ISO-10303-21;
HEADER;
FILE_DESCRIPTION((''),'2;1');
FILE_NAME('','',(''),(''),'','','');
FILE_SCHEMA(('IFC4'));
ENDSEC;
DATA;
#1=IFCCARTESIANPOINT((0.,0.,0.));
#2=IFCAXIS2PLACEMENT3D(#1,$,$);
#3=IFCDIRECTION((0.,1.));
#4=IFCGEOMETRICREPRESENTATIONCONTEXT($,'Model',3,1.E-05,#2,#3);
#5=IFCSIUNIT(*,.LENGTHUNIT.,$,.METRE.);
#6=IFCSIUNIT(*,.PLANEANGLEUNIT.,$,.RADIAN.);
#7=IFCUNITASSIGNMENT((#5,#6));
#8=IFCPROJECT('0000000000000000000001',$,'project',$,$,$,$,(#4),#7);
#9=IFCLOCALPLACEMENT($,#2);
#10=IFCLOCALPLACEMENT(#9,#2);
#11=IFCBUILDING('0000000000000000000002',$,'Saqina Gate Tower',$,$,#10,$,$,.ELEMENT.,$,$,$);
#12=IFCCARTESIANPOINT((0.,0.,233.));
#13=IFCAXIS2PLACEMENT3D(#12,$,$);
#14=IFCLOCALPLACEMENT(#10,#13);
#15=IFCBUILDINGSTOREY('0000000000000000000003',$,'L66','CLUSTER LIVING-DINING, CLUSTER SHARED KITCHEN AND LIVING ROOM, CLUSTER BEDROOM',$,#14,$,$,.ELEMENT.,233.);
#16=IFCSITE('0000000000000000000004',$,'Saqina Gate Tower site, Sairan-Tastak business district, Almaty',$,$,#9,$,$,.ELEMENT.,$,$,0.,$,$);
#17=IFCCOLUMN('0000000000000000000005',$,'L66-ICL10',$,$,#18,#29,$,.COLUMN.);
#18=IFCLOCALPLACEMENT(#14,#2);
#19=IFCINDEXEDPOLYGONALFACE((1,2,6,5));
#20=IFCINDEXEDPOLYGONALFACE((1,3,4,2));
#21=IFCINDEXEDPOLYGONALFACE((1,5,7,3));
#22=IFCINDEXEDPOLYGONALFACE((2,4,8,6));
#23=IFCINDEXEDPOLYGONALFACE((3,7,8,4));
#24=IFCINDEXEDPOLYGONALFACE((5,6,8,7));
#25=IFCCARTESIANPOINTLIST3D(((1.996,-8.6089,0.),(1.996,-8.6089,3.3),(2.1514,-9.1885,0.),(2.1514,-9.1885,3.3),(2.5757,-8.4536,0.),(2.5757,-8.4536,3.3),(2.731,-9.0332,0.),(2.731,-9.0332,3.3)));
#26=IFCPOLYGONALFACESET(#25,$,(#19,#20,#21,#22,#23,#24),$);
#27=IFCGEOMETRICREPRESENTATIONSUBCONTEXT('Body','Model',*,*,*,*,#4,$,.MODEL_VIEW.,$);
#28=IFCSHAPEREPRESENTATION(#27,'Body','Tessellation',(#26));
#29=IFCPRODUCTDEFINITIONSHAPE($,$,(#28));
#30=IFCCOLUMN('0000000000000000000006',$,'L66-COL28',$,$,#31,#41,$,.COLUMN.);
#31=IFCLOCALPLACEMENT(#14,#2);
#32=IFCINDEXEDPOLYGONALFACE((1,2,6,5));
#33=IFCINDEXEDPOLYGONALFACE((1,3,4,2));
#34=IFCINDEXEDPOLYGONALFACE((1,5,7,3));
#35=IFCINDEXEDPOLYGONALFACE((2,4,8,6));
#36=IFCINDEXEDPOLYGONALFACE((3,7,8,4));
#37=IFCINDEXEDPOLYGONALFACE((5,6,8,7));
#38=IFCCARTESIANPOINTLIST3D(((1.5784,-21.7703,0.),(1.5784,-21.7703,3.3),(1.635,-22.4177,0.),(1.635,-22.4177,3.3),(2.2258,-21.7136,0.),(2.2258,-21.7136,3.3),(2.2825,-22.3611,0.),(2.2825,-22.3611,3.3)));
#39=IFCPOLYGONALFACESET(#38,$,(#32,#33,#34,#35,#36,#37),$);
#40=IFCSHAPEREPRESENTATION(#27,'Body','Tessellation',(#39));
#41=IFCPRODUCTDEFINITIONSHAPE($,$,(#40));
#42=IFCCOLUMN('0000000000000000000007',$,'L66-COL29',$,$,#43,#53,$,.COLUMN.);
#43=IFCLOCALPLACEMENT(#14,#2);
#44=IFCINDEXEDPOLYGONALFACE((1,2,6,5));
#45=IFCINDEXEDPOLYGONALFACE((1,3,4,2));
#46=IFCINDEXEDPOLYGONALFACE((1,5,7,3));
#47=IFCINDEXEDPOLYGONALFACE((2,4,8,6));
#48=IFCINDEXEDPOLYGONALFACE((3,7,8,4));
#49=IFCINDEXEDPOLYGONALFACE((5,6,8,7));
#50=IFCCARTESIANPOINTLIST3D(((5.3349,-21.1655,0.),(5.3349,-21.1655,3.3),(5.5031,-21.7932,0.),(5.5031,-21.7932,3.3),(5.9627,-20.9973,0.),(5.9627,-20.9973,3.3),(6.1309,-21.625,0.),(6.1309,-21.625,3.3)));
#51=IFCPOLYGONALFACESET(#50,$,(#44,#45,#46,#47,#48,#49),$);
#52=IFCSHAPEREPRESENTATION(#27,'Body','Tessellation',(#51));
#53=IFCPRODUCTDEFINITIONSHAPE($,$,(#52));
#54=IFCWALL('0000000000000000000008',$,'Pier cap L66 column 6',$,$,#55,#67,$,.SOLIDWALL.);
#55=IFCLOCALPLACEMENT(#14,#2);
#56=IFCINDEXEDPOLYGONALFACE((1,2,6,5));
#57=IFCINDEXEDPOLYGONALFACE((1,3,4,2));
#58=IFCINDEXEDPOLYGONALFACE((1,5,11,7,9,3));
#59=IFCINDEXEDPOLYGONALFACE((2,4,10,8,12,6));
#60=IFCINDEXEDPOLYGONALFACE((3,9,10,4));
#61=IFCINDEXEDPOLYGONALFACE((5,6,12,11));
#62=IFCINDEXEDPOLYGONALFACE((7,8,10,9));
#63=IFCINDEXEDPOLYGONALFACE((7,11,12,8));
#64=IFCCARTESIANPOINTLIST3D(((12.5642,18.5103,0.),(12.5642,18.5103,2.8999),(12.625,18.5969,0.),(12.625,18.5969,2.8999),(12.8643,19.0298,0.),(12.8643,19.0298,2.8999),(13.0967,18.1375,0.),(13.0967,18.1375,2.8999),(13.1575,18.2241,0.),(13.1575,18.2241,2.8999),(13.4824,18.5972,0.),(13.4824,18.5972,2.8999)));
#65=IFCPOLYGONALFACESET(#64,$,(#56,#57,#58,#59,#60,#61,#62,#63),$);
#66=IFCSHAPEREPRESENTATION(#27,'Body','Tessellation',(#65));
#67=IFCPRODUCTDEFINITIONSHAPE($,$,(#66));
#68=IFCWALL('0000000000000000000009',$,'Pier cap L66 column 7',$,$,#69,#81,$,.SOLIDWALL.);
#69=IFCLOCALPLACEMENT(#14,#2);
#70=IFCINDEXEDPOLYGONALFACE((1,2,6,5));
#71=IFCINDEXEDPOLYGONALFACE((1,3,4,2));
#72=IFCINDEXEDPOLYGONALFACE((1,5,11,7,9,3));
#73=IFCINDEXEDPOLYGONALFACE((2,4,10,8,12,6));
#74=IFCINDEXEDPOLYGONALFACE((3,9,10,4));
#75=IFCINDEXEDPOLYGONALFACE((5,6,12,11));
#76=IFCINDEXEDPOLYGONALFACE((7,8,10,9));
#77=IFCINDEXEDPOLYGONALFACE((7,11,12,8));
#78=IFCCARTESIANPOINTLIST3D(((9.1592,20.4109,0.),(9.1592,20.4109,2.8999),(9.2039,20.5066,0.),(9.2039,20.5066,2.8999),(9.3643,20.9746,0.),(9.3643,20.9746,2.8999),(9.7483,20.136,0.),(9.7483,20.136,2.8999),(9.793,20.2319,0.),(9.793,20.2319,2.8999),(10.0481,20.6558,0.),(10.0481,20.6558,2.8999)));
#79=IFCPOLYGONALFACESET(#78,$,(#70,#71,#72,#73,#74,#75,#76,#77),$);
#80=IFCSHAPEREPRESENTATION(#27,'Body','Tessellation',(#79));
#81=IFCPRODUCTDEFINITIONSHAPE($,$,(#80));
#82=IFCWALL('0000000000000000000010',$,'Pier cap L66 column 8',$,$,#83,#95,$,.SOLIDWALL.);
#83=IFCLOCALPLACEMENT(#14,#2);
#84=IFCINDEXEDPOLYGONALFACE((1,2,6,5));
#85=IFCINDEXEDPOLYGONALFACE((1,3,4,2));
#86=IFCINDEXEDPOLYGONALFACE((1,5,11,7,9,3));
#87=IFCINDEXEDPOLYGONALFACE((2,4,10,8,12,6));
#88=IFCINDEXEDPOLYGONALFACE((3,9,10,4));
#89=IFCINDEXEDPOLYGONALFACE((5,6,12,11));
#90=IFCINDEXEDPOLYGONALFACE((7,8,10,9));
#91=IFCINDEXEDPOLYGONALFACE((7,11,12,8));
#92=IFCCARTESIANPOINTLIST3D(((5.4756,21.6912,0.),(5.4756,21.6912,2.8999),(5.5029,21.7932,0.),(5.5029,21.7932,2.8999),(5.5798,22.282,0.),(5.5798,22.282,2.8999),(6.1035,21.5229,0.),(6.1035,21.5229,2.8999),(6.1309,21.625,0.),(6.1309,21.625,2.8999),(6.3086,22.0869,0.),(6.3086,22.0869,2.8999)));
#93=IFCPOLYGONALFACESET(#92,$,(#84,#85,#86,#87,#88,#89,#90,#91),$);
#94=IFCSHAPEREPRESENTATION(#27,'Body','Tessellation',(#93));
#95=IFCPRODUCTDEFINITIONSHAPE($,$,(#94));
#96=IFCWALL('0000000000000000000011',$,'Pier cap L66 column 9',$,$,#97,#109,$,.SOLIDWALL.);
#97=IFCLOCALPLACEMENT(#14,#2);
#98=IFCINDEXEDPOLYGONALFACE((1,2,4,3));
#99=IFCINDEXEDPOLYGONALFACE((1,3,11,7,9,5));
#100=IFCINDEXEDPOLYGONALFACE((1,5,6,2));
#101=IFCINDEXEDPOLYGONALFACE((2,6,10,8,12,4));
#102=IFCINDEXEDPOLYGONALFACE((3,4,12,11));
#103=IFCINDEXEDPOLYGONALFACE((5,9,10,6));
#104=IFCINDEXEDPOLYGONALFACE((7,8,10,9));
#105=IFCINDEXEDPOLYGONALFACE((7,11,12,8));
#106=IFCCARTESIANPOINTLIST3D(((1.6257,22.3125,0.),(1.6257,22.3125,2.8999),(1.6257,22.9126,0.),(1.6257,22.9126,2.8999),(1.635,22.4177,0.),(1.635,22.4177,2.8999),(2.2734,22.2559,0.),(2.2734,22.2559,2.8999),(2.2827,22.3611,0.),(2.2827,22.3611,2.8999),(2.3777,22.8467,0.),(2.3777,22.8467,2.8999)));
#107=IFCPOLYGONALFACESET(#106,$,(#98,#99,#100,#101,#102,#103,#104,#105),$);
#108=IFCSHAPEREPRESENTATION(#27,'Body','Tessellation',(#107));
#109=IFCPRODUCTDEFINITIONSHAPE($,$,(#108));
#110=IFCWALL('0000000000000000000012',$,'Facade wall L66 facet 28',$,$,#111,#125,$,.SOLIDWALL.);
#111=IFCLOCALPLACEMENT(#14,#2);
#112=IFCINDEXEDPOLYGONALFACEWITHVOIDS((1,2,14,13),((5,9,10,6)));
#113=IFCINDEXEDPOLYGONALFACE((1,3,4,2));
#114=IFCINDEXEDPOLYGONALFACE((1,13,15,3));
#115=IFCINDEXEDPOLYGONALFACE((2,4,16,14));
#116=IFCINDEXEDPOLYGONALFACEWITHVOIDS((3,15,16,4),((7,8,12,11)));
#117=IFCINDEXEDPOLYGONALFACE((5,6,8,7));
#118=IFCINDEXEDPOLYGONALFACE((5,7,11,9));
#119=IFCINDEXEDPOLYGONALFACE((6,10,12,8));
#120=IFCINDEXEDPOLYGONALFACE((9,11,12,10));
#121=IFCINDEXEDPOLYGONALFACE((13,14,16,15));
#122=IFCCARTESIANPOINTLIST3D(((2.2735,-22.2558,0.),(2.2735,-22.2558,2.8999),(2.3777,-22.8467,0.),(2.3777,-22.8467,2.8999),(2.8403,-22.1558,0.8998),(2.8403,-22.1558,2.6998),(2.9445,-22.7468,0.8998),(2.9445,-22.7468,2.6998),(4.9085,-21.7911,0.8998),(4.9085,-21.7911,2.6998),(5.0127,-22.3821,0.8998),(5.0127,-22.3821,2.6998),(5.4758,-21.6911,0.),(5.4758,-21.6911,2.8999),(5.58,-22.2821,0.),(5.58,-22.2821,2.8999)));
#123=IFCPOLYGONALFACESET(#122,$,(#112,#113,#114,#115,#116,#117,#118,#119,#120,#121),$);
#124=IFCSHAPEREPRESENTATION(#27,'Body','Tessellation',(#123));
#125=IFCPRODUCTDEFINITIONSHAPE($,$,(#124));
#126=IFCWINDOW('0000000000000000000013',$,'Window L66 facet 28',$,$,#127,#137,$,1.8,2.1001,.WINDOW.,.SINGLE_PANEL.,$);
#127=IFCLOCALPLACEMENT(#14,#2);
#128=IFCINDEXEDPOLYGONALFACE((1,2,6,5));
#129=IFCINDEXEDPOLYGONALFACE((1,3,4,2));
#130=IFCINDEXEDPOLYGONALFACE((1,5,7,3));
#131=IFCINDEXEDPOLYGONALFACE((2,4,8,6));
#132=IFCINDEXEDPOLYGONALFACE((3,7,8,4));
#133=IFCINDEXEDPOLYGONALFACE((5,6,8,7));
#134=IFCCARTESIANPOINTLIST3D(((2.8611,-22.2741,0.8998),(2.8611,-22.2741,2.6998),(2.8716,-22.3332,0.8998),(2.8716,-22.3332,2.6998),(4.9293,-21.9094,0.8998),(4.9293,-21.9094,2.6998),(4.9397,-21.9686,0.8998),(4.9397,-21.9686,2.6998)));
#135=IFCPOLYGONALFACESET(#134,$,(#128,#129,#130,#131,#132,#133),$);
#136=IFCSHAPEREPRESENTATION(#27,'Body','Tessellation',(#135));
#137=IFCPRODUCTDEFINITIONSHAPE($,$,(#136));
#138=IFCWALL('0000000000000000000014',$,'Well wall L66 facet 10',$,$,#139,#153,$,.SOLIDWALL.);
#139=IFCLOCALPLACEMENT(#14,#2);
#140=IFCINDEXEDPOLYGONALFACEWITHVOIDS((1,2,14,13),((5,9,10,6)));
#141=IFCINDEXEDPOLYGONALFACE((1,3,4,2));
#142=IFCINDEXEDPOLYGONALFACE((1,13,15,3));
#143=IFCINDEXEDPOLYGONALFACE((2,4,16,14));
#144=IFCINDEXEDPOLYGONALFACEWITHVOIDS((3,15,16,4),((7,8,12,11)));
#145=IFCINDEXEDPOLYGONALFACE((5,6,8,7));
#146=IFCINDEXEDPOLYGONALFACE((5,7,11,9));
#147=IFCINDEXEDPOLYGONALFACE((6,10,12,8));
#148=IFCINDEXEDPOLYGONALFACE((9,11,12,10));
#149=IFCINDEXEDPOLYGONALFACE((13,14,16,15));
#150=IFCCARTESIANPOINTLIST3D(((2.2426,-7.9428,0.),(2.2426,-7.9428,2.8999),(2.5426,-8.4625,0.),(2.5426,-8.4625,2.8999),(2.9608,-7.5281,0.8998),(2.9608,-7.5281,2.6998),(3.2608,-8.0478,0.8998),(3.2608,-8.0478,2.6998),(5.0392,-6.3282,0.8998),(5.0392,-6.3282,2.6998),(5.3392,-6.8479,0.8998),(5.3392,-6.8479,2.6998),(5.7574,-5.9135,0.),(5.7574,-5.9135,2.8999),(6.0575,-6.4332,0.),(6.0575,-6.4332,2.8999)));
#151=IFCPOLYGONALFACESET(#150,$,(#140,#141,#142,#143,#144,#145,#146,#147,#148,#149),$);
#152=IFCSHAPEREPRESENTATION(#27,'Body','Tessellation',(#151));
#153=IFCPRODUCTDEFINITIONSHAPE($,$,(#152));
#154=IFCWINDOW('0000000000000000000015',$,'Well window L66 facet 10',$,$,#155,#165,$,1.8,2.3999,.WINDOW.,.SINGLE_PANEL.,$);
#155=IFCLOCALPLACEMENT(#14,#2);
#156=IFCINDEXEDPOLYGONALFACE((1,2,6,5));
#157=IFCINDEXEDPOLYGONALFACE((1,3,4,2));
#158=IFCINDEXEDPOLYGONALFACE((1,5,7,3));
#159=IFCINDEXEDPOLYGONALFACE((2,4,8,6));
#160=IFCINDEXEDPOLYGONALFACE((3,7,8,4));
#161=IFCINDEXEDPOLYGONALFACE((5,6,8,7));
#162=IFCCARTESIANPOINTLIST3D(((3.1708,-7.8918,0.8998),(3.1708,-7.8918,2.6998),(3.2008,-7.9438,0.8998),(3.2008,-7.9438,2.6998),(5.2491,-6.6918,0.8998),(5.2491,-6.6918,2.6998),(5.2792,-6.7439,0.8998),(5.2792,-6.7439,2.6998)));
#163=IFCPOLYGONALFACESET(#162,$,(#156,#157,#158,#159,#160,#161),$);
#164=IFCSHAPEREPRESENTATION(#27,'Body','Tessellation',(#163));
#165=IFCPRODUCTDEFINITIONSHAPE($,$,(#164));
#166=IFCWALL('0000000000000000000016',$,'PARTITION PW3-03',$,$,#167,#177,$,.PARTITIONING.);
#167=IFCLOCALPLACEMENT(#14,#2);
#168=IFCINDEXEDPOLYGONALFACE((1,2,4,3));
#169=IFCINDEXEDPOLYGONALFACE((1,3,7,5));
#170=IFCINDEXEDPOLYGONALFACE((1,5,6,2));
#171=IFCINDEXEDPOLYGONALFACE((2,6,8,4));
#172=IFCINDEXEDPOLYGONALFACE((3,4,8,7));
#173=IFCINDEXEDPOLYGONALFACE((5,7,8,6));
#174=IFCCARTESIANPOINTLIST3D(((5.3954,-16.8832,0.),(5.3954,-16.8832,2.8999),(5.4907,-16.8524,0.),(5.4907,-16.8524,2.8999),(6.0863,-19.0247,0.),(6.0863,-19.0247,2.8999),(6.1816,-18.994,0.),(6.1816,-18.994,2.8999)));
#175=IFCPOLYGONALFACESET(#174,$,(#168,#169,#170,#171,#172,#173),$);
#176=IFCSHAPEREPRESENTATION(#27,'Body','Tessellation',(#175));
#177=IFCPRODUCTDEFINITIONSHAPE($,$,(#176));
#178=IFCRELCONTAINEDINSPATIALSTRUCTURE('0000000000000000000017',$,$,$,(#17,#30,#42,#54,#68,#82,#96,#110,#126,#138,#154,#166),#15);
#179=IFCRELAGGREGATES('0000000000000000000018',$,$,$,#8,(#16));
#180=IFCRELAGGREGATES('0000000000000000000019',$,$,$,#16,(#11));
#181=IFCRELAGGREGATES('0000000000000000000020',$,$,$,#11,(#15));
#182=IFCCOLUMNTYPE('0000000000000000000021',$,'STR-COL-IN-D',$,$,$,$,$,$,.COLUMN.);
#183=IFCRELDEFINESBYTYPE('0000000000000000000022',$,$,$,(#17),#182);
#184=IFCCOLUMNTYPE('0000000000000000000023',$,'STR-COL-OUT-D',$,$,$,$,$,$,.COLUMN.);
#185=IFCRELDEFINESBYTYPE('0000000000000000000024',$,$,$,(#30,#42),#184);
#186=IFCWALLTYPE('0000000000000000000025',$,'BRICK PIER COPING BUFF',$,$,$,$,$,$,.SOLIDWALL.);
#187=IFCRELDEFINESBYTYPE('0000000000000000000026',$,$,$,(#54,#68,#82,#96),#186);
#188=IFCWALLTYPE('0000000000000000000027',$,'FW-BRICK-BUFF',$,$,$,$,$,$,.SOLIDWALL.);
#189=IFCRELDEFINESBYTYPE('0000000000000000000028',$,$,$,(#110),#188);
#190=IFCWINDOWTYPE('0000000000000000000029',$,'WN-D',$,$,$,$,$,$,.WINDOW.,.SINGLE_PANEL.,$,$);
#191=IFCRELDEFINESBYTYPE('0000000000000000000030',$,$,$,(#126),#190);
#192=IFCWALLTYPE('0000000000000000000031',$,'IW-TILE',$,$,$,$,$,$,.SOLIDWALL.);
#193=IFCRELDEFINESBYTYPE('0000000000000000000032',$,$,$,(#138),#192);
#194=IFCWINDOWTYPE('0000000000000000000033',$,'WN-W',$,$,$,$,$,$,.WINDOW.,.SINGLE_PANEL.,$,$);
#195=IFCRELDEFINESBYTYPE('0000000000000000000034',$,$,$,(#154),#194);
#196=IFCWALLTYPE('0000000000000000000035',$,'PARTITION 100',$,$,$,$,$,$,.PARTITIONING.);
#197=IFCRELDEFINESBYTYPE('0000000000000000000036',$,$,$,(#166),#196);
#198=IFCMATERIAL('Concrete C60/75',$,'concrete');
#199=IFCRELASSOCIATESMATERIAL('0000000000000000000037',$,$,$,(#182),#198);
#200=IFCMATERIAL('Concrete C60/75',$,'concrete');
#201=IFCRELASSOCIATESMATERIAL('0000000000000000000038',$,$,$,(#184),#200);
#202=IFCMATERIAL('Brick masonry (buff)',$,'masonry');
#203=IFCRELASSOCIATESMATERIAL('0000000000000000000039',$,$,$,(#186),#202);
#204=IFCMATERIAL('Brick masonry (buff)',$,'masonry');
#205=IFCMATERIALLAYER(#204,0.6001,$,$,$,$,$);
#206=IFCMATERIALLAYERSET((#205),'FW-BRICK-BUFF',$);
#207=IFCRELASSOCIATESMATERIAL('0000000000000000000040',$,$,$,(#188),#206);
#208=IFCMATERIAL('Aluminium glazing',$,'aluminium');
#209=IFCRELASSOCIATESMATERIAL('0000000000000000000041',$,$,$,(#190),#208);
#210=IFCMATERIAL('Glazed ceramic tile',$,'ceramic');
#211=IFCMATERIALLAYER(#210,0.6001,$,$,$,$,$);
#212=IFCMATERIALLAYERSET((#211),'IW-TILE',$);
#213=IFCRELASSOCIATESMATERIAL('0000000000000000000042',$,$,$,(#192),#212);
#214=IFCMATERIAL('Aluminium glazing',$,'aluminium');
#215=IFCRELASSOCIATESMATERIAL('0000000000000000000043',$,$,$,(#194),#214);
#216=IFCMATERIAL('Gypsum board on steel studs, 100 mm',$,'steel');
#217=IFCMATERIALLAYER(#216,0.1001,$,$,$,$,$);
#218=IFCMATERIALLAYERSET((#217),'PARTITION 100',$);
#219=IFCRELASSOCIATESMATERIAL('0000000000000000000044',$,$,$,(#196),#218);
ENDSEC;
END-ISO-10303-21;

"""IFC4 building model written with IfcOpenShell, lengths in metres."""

from ifc_helpers import new_model, si_unit, direction, frame, frame_2d, origin, origin_2d, place, context, subcontext, project, spatial, polyline, rectangle, outline, extrude, material, layer, layer_set, material_profile, profile_set, type_object, element, fill, save


model = new_model("IFC4")

# Units and contexts
model_context = context("Model", 3, precision=1e-05, world=origin(), true_north=direction((0.0, 1.0)))
body_context = subcontext(model_context, "Body", "Model", "MODEL_VIEW")
ifc_project = project(units=[si_unit("LENGTHUNIT", "METRE"), si_unit("PLANEANGLEUNIT", "RADIAN")], contexts=[model_context])

# Site, building, storey
site_placement = place(None, origin())
site = spatial("IfcSite", under=ifc_project, at=site_placement, Name="Saqina Gate Tower site, Sairan-Tastak business district, Almaty", CompositionType="ELEMENT", RefElevation=0.0)
building_placement = place(site_placement, origin())
building = spatial("IfcBuilding", under=site, at=building_placement, Name="Saqina Gate Tower", CompositionType="ELEMENT")
storey_placement = place(building_placement, frame((0.0, 0.0, 233.0)))
storey = spatial("IfcBuildingStorey", under=building, at=storey_placement, Name="L66", Description="CLUSTER LIVING-DINING, CLUSTER SHARED KITCHEN AND LIVING ROOM, CLUSTER BEDROOM", CompositionType="ELEMENT", Elevation=233.0)

# Columns
ifc_material_1 = material(Name="Concrete C60/75", Category="concrete")
ifc_material_profile_1 = material_profile(ifc_material_1, rectangle(XDim=0.6001, YDim=0.6001, at=origin_2d()), Name="RC 600x600")
ifc_profile_set_1 = profile_set([ifc_material_profile_1], Name="Concrete C60/75")
column_type_1 = type_object("IfcColumnType", Name="STR-COL-IN-D", PredefinedType="COLUMN", material=ifc_profile_set_1)
column_placement = place(storey_placement, frame((2.3635, -8.821, 0.0), z_axis=(0.0, 0.0, 1.0), x_axis=(0.258819, -0.965926, 0.0)))
element("IfcColumn", 1, at=column_placement, inside=storey, type_object=column_type_1, Name="L66-ICL10", PredefinedType="COLUMN", context=body_context, shape_type="SweptSolid", body=[
    extrude(rectangle(XDim=0.6001, YDim=0.6001, at=origin_2d()), origin(), (0.0, 0.0, 1.0), 3.3),
])
ifc_material_2 = material(Name="Concrete C60/75", Category="concrete")
ifc_material_profile_2 = material_profile(ifc_material_2, rectangle(XDim=0.6499, YDim=0.6499, at=origin_2d()), Name="RC 650x650")
ifc_profile_set_2 = profile_set([ifc_material_profile_2], Name="Concrete C60/75")
column_type_2 = type_object("IfcColumnType", Name="STR-COL-OUT-D", PredefinedType="COLUMN", material=ifc_profile_set_2)
for number, where, z_axis, x_axis, name in (
    (2, (1.9304, -22.0657, 0.0), (0.0, 0.0, 1.0), (0.087156, -0.996195, 0.0), "L66-COL28"),
    (3, (5.7329, -21.3953, 0.0), (0.0, 0.0, 1.0), (0.258819, -0.965926, 0.0), "L66-COL29"),
):
    element("IfcColumn", number, at=place(storey_placement, frame(where, z_axis=z_axis, x_axis=x_axis)), inside=storey, type_object=column_type_2, Name=name, PredefinedType="COLUMN", context=body_context, shape_type="SweptSolid", body=[
        extrude(rectangle(XDim=0.6499, YDim=0.6499, at=origin_2d()), origin(), (0.0, 0.0, 1.0), 3.3),
    ])

# Walls
ifc_material_3 = material(Name="Brick masonry (buff)", Category="masonry")
wall_type_1 = type_object("IfcWallType", Name="BRICK PIER COPING BUFF", PredefinedType="SOLIDWALL", material=ifc_material_3)
wall_1_placement = place(storey_placement, origin())
element("IfcWall", 4, at=wall_1_placement, inside=storey, type_object=wall_type_1, Name="Pier cap L66 column 6", PredefinedType="SOLIDWALL", context=body_context, shape_type="SweptSolid", body=[
    extrude(outline(polyline([(12.8643, 19.0298), (12.5642, 18.5103), (12.625, 18.5969), (13.1575, 18.2241), (13.0967, 18.1375), (13.4824, 18.5972), (12.8643, 19.0298)])), origin(), (0.0, 0.0, 1.0), 2.8999),
])
wall_2_placement = place(storey_placement, origin())
element("IfcWall", 5, at=wall_2_placement, inside=storey, type_object=wall_type_1, Name="Pier cap L66 column 7", PredefinedType="SOLIDWALL", context=body_context, shape_type="SweptSolid", body=[
    extrude(outline(polyline([(10.0481, 20.6558), (9.3643, 20.9746), (9.1592, 20.4109), (9.2039, 20.5066), (9.793, 20.2319), (9.7483, 20.136), (10.0481, 20.6558)])), origin(), (0.0, 0.0, 1.0), 2.8999),
])
wall_3_placement = place(storey_placement, origin())
element("IfcWall", 6, at=wall_3_placement, inside=storey, type_object=wall_type_1, Name="Pier cap L66 column 8", PredefinedType="SOLIDWALL", context=body_context, shape_type="SweptSolid", body=[
    extrude(outline(polyline([(5.5798, 22.282), (5.4756, 21.6912), (5.5029, 21.7932), (6.1309, 21.625), (6.1035, 21.5229), (6.3086, 22.0869), (5.5798, 22.282)])), origin(), (0.0, 0.0, 1.0), 2.8999),
])
wall_4_placement = place(storey_placement, origin())
element("IfcWall", 7, at=wall_4_placement, inside=storey, type_object=wall_type_1, Name="Pier cap L66 column 9", PredefinedType="SOLIDWALL", context=body_context, shape_type="SweptSolid", body=[
    extrude(outline(polyline([(2.3777, 22.8467), (1.6257, 22.9126), (1.6257, 22.3125), (1.635, 22.4177), (2.2827, 22.3611), (2.2734, 22.2559), (2.3777, 22.8467)])), origin(), (0.0, 0.0, 1.0), 2.8999),
])

# Walls, openings, windows
ifc_material_4 = material(Name="Brick masonry (buff)", Category="masonry")
ifc_layer_1 = layer(ifc_material_4, 0.6001)
ifc_layer_set_1 = layer_set([ifc_layer_1], Name="FW-BRICK-BUFF")
wall_type_2 = type_object("IfcWallType", Name="FW-BRICK-BUFF", PredefinedType="SOLIDWALL", material=ifc_layer_set_1)
wall_5_placement = place(storey_placement, frame((2.3254, -22.5513, 0.0), z_axis=(0.0, 0.0, 1.0), x_axis=(0.984806, 0.173657, 0.0)))
wall_5 = element("IfcWall", 8, at=wall_5_placement, inside=storey, type_object=wall_type_2, Name="Facade wall L66 facet 28", PredefinedType="SOLIDWALL", context=body_context, shape_type="SweptSolid", body=[
    extrude(rectangle(XDim=3.2517, YDim=0.6001, at=frame_2d((1.626, 0.0))), origin(), (0.0, 0.0, 1.0), 2.8999),
])
opening_1_placement = place(wall_5_placement, frame((0.5757, 0.0, 0.8999)))
opening_1 = element("IfcOpeningElement", 9, at=opening_1_placement, cuts=wall_5, PredefinedType="OPENING", context=body_context, shape_type="SweptSolid", body=[
    extrude(rectangle(XDim=2.1001, YDim=1.8, at=frame_2d((1.05, 0.8999))), frame((0.0, 0.312, 0.0), z_axis=(0.0, -1.0, 0.0), x_axis=(1.0, 0.0, 0.0)), (0.0, 0.0, 1.0), 0.624),
])
ifc_material_5 = material(Name="Aluminium glazing", Category="aluminium")
window_type_1 = type_object("IfcWindowType", Name="WN-D", PartitioningType="SINGLE_PANEL", PredefinedType="WINDOW", material=ifc_material_5)
window_1_placement = place(opening_1_placement, origin())
window_1 = element("IfcWindow", 10, at=window_1_placement, inside=storey, type_object=window_type_1, Name="Window L66 facet 28", OverallHeight=1.8, OverallWidth=2.1001, PartitioningType="SINGLE_PANEL", PredefinedType="WINDOW", context=body_context, shape_type="SweptSolid", body=[
    extrude(rectangle(XDim=2.1001, YDim=1.8, at=frame_2d((1.05, 0.8999))), frame((0.0, 0.1799, 0.0), z_axis=(0.0, -1.0, 0.0), x_axis=(1.0, 0.0, 0.0)), (0.0, 0.0, 1.0), 0.0601),
])
fill(opening_1, window_1)
ifc_material_6 = material(Name="Glazed ceramic tile", Category="ceramic")
ifc_layer_2 = layer(ifc_material_6, 0.6001)
ifc_layer_set_2 = layer_set([ifc_layer_2], Name="IW-TILE")
wall_type_3 = type_object("IfcWallType", Name="IW-TILE", PredefinedType="SOLIDWALL", material=ifc_layer_set_2)
wall_6_placement = place(storey_placement, frame((2.3926, -8.2026, 0.0), z_axis=(0.0, 0.0, 1.0), x_axis=(0.866028, 0.499995, 0.0)))
wall_6 = element("IfcWall", 11, at=wall_6_placement, inside=storey, type_object=wall_type_3, Name="Well wall L66 facet 10", PredefinedType="SOLIDWALL", context=body_context, shape_type="SweptSolid", body=[
    extrude(rectangle(XDim=4.0586, YDim=0.6001, at=frame_2d((2.0293, 0.0))), origin(), (0.0, 0.0, 1.0), 2.8999),
])
opening_2_placement = place(wall_6_placement, frame((0.8293, 0.0, 0.8999)))
opening_2 = element("IfcOpeningElement", 12, at=opening_2_placement, cuts=wall_6, PredefinedType="OPENING", context=body_context, shape_type="SweptSolid", body=[
    extrude(rectangle(XDim=2.3999, YDim=1.8, at=frame_2d((1.2, 0.8999))), frame((0.0, 0.312, 0.0), z_axis=(0.0, -1.0, 0.0), x_axis=(1.0, 0.0, 0.0)), (0.0, 0.0, 1.0), 0.624),
])
ifc_material_7 = material(Name="Aluminium glazing", Category="aluminium")
window_type_2 = type_object("IfcWindowType", Name="WN-W", PartitioningType="SINGLE_PANEL", PredefinedType="WINDOW", material=ifc_material_7)
window_2_placement = place(opening_2_placement, origin())
window_2 = element("IfcWindow", 13, at=window_2_placement, inside=storey, type_object=window_type_2, Name="Well window L66 facet 10", OverallHeight=1.8, OverallWidth=2.3999, PartitioningType="SINGLE_PANEL", PredefinedType="WINDOW", context=body_context, shape_type="SweptSolid", body=[
    extrude(rectangle(XDim=2.3999, YDim=1.8, at=frame_2d((1.2, 0.8999))), frame((0.0, -0.1199, 0.0), z_axis=(0.0, -1.0, 0.0), x_axis=(1.0, 0.0, 0.0)), (0.0, 0.0, 1.0), 0.0601),
])
fill(opening_2, window_2)

# Wall
ifc_material_8 = material(Name="Gypsum board on steel studs, 100 mm", Category="steel")
ifc_layer_3 = layer(ifc_material_8, 0.1001)
ifc_layer_set_3 = layer_set([ifc_layer_3], Name="PARTITION 100")
wall_type_4 = type_object("IfcWallType", Name="PARTITION 100", PredefinedType="PARTITIONING", material=ifc_layer_set_3)
wall_7_placement = place(storey_placement, frame((5.4431, -16.8679, 0.0), z_axis=(0.0, 0.0, 1.0), x_axis=(0.307034, -0.951698, 0.0)))
element("IfcWall", 14, at=wall_7_placement, inside=storey, type_object=wall_type_4, Name="PARTITION PW3-03", PredefinedType="PARTITIONING", context=body_context, shape_type="SweptSolid", body=[
    extrude(rectangle(XDim=2.2502, YDim=0.1001, at=frame_2d((1.125, 0.0))), origin(), (0.0, 0.0, 1.0), 2.8999),
])

save(model, "model.ifc")
